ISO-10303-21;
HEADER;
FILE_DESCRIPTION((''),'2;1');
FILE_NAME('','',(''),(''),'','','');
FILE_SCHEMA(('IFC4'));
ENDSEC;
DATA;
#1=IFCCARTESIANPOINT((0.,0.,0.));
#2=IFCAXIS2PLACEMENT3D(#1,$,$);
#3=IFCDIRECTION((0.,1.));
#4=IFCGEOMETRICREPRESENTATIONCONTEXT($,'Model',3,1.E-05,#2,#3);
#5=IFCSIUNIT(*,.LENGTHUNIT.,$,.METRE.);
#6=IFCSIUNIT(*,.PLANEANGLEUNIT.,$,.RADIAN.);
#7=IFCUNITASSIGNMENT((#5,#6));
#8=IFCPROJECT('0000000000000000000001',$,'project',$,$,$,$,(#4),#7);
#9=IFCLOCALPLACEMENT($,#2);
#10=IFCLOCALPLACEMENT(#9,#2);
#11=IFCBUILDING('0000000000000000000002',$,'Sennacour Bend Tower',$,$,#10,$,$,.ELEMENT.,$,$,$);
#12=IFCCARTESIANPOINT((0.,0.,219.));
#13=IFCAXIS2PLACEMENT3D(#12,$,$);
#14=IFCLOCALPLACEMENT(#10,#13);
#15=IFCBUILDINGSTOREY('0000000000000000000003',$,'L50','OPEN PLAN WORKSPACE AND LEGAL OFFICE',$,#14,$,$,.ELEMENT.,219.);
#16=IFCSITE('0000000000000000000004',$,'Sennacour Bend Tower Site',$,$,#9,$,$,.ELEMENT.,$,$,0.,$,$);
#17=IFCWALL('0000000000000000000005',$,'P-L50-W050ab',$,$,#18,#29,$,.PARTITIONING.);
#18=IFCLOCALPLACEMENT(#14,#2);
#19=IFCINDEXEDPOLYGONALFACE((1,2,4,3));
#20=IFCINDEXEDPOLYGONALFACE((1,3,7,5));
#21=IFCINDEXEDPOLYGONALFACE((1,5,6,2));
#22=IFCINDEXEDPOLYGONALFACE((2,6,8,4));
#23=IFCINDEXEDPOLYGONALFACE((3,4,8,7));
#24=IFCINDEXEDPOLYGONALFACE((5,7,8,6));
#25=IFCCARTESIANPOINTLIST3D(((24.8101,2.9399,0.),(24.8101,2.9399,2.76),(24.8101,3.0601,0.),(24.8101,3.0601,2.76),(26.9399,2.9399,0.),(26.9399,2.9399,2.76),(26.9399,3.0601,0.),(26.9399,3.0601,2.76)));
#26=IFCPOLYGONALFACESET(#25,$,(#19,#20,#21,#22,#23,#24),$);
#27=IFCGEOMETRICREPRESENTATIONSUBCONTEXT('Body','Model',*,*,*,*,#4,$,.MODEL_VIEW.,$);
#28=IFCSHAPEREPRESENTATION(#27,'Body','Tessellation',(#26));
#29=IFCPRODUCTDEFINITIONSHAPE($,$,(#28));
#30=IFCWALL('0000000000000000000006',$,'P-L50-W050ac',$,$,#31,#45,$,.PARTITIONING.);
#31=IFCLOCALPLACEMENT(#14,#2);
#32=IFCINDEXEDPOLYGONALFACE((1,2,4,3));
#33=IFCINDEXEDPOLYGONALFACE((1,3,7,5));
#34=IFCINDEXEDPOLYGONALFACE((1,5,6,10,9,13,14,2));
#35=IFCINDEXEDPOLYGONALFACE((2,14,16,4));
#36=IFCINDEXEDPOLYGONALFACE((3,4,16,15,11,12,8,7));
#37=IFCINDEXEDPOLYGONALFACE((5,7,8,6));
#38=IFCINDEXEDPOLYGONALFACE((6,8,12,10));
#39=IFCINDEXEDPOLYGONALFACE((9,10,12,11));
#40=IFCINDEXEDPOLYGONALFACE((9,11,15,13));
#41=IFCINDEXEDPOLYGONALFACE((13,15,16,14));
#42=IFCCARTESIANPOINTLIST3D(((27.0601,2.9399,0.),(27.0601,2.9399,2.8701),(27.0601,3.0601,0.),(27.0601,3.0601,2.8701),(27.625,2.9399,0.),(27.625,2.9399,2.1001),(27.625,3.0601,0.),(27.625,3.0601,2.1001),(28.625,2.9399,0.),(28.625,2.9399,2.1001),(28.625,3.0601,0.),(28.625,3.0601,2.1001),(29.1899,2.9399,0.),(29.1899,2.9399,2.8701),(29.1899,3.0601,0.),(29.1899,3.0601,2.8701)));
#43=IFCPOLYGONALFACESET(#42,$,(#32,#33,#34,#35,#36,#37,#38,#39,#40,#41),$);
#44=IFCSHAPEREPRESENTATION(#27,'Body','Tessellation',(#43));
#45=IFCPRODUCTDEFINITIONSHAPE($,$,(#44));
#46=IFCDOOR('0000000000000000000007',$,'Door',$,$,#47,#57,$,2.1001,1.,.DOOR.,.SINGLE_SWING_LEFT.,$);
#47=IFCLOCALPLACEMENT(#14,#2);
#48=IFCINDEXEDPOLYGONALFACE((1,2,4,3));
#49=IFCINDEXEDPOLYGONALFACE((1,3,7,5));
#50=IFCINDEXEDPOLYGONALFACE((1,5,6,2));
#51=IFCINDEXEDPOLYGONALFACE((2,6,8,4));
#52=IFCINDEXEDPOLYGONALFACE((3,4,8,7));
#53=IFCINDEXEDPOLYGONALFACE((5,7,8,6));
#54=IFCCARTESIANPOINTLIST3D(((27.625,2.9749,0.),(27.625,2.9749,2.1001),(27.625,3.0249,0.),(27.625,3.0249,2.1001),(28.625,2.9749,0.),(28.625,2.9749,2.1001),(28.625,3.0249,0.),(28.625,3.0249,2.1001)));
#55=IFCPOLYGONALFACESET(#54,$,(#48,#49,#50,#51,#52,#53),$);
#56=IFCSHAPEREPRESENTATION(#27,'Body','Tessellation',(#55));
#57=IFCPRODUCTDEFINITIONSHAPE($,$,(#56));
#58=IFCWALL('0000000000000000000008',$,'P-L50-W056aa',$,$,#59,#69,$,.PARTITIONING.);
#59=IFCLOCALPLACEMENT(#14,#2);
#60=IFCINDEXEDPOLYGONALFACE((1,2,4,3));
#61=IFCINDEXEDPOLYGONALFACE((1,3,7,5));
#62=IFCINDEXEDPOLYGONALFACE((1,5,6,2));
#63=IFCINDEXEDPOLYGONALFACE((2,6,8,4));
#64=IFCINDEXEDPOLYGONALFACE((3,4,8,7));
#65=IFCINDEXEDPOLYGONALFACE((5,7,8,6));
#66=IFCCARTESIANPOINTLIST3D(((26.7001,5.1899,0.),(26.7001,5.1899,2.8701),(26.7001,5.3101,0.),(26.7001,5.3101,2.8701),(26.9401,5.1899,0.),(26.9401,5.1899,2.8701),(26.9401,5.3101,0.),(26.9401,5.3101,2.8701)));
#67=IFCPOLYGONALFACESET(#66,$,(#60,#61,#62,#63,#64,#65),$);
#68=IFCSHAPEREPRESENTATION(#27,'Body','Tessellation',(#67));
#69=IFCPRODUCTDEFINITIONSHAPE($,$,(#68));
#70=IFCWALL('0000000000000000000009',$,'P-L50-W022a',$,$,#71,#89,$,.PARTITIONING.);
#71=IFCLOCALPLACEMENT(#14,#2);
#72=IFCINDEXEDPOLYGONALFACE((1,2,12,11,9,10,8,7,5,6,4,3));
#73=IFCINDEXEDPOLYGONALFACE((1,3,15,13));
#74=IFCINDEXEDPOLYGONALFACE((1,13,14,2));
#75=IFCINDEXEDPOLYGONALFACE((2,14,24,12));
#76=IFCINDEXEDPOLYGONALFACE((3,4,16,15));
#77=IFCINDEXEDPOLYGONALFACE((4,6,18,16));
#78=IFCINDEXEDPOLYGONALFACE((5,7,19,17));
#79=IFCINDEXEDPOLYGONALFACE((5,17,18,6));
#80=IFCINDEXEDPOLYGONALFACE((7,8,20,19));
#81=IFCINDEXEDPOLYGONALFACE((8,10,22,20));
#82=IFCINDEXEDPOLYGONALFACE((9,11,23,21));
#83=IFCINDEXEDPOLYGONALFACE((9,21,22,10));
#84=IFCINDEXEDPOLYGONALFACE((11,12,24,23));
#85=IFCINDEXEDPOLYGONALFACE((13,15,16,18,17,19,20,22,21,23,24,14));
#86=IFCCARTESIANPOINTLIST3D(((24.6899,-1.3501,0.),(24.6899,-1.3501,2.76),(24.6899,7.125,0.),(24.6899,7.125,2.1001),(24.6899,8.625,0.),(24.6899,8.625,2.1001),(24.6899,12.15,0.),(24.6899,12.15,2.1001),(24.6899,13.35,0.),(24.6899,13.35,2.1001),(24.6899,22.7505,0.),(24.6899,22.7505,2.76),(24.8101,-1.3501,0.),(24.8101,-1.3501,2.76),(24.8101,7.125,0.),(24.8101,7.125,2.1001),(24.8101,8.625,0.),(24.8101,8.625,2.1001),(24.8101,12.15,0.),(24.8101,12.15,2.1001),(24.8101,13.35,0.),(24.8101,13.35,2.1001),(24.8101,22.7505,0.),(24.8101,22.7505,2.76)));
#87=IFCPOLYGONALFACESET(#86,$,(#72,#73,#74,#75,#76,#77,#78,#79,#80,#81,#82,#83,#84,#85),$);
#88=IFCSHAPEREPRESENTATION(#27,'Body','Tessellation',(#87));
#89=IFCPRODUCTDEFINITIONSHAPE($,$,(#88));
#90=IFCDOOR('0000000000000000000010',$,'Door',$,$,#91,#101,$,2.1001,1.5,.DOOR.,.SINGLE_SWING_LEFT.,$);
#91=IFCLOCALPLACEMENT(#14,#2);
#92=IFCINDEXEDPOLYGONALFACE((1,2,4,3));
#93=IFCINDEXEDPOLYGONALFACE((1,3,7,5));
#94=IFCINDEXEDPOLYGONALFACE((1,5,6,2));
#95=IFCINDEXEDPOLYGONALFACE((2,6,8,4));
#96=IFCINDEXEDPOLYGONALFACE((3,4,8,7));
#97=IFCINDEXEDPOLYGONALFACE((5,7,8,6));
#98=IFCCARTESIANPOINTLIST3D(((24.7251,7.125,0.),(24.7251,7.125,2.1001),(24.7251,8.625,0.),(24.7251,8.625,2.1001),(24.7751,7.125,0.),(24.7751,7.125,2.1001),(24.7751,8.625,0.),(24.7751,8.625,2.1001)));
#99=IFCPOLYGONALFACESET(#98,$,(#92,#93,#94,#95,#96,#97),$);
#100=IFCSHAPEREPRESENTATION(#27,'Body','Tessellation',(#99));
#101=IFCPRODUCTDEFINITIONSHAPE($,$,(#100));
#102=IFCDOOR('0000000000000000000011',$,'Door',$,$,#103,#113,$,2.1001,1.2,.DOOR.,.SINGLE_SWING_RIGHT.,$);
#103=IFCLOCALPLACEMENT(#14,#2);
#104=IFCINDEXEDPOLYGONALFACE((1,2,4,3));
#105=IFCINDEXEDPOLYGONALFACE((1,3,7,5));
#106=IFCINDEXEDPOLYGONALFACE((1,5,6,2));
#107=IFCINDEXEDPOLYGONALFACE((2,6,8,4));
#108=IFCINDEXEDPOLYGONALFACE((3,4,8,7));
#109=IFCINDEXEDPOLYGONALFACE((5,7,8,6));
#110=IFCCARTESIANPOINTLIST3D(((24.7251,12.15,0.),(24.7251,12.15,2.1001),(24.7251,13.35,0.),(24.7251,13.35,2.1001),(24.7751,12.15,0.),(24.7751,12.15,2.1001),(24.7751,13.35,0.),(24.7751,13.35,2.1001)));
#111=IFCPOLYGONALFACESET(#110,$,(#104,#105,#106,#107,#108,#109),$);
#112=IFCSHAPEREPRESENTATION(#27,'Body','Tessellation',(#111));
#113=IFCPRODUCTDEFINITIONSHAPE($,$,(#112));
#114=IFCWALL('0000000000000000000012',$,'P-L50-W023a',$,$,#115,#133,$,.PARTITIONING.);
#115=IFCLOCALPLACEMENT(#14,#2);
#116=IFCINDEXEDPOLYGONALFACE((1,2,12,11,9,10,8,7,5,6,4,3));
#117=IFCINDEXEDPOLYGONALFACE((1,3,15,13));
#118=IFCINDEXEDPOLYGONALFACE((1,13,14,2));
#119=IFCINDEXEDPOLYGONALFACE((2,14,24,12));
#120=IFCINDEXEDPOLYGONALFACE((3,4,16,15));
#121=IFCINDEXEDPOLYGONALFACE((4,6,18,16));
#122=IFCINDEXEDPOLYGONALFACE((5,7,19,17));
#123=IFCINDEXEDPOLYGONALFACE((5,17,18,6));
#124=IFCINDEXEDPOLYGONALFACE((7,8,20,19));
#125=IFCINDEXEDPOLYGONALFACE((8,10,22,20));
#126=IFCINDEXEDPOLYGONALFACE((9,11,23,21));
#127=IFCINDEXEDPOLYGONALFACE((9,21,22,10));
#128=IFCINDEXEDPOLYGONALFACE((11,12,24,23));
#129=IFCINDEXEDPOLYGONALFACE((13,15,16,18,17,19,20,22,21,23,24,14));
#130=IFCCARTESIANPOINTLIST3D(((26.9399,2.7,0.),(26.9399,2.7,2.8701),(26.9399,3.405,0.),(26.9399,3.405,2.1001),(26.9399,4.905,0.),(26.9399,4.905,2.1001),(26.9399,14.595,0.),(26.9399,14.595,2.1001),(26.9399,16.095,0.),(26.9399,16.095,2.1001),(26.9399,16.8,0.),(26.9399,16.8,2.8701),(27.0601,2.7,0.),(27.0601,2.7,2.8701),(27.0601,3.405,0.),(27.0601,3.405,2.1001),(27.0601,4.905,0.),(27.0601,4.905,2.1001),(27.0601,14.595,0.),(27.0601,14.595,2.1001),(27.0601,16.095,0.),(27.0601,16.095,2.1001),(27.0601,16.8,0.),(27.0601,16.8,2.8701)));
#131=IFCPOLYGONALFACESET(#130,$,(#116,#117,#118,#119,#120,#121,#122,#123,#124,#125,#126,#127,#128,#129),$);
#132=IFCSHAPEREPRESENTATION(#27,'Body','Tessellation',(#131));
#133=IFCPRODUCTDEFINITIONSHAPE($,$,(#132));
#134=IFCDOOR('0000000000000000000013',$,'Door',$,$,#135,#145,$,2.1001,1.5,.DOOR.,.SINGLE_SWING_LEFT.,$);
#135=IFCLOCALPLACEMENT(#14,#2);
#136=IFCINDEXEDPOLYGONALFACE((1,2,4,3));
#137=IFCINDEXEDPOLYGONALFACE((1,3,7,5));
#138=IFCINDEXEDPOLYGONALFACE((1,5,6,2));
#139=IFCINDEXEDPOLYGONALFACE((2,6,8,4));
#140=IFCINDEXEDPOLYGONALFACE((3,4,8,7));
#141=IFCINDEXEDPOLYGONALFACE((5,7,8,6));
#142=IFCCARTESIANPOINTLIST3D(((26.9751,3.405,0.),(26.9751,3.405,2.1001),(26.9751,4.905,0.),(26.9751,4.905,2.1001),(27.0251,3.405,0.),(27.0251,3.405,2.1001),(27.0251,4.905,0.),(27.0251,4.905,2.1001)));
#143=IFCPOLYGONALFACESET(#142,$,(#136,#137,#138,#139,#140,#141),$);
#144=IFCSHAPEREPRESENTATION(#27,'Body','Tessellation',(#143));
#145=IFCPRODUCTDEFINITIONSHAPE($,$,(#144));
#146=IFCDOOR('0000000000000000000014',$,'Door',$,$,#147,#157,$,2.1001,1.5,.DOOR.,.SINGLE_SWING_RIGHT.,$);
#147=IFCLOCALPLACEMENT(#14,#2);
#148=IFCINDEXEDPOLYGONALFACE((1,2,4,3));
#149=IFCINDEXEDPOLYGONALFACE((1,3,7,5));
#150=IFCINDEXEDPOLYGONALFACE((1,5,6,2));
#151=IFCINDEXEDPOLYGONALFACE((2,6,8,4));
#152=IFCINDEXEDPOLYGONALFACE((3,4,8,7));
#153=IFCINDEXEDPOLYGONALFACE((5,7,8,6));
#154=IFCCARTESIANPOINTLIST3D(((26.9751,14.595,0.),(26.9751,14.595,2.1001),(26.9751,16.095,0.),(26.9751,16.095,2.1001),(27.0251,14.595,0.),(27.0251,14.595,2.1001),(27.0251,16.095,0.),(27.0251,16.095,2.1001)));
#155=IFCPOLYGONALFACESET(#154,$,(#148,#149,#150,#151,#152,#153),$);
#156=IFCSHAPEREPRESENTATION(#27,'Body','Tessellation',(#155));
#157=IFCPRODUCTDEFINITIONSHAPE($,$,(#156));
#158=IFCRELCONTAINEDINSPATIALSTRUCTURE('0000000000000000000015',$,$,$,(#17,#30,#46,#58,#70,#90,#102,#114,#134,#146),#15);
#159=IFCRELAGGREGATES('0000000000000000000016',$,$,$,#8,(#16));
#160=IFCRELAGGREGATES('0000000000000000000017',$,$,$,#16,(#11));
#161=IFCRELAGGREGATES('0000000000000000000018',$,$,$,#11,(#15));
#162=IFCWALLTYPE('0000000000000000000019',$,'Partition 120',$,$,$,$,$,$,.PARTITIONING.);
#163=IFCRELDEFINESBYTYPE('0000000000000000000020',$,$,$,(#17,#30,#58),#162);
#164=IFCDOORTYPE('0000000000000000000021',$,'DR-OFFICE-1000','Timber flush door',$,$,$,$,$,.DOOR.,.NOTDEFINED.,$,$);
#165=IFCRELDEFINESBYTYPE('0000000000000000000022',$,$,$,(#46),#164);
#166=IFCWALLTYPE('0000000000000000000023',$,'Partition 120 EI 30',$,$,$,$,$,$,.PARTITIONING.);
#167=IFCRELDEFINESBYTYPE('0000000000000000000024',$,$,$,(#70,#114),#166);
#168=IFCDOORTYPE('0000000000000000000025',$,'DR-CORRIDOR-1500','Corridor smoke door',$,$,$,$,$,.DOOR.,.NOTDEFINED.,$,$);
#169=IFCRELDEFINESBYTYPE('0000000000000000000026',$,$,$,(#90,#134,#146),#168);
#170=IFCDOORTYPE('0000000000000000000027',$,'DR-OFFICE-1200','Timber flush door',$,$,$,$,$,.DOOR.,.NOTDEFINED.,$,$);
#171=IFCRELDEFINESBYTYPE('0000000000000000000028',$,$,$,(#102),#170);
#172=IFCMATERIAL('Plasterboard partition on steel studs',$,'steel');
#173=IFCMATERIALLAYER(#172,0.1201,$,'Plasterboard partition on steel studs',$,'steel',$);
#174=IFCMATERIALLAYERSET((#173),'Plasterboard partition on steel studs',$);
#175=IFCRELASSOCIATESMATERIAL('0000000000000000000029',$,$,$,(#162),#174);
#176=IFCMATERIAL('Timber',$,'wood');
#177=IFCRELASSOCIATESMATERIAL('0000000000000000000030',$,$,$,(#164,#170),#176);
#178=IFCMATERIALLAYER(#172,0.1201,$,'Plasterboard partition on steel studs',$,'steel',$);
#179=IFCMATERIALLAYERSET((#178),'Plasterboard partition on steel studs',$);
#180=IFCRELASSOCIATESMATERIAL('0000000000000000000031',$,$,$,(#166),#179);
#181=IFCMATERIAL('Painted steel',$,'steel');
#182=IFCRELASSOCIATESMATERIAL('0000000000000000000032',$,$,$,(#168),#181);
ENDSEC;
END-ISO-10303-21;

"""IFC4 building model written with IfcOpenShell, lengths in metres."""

from ifc_helpers import new_model, si_unit, direction, frame, frame_2d, origin, place, context, subcontext, project, spatial, rectangle, extrude, material, layer, layer_set, type_object, element, fill, save


model = new_model("IFC4")

# Units and contexts
model_context = context("Model", 3, precision=1e-05, world=origin(), true_north=direction((0.0, 1.0)))
body_context = subcontext(model_context, "Body", "Model", "MODEL_VIEW")
ifc_project = project(units=[si_unit("LENGTHUNIT", "METRE"), si_unit("PLANEANGLEUNIT", "RADIAN")], contexts=[model_context])

# Site, building, storey
site_placement = place(None, origin())
site = spatial("IfcSite", under=ifc_project, at=site_placement, Name="Sennacour Bend Tower Site", CompositionType="ELEMENT", RefElevation=0.0)
building_placement = place(site_placement, origin())
building = spatial("IfcBuilding", under=site, at=building_placement, Name="Sennacour Bend Tower", CompositionType="ELEMENT")
storey_placement = place(building_placement, frame((0.0, 0.0, 219.0)))
storey = spatial("IfcBuildingStorey", under=building, at=storey_placement, Name="L50", Description="OPEN PLAN WORKSPACE AND LEGAL OFFICE", CompositionType="ELEMENT", Elevation=219.0)

# Wall
ifc_material_1 = material(Name="Plasterboard partition on steel studs", Category="steel")
ifc_layer_1 = layer(ifc_material_1, 0.1201, Name="Plasterboard partition on steel studs", Category="steel")
ifc_layer_set_1 = layer_set([ifc_layer_1], Name="Plasterboard partition on steel studs")
wall_type_1 = type_object("IfcWallType", Name="Partition 120", PredefinedType="PARTITIONING", material=ifc_layer_set_1)
wall_1_placement = place(storey_placement, frame((24.8101, 3.0, 0.0), z_axis=(0.0, 0.0, 1.0), x_axis=(1.0, 0.0, 0.0)))
element("IfcWall", 1, at=wall_1_placement, inside=storey, type_object=wall_type_1, Name="P-L50-W050ab", PredefinedType="PARTITIONING", context=body_context, shape_type="SweptSolid", body=[
    extrude(rectangle(XDim=2.1299, YDim=0.1201, at=frame_2d((1.0649, 0.0))), origin(), (0.0, 0.0, 1.0), 2.76),
])

# Wall, opening, door
wall_2_placement = place(storey_placement, frame((27.0601, 3.0, 0.0), z_axis=(0.0, 0.0, 1.0), x_axis=(1.0, 0.0, 0.0)))
wall_2 = element("IfcWall", 2, at=wall_2_placement, inside=storey, type_object=wall_type_1, Name="P-L50-W050ac", PredefinedType="PARTITIONING", context=body_context, shape_type="SweptSolid", body=[
    extrude(rectangle(XDim=2.1299, YDim=0.1201, at=frame_2d((1.0649, 0.0))), origin(), (0.0, 0.0, 1.0), 2.8701),
])
opening_1_placement = place(wall_2_placement, frame((0.5649, 0.0, 0.0)))
opening_1 = element("IfcOpeningElement", 3, at=opening_1_placement, cuts=wall_2, PredefinedType="OPENING", context=body_context, shape_type="SweptSolid", body=[
    extrude(rectangle(XDim=1.0, YDim=2.1001, at=frame_2d((0.5, 1.05))), frame((0.0, 0.0701, 0.0), z_axis=(0.0, -1.0, 0.0), x_axis=(1.0, 0.0, 0.0)), (0.0, 0.0, 1.0), 0.1401),
])
ifc_material_2 = material(Name="Timber", Category="wood")
door_type_1 = type_object("IfcDoorType", Name="DR-OFFICE-1000", Description="Timber flush door", OperationType="NOTDEFINED", PredefinedType="DOOR", material=ifc_material_2)
door_1_placement = place(opening_1_placement, origin())
door_1 = element("IfcDoor", 4, at=door_1_placement, inside=storey, type_object=door_type_1, Name="Door", OperationType="SINGLE_SWING_LEFT", OverallHeight=2.1001, OverallWidth=1.0, PredefinedType="DOOR", context=body_context, shape_type="SweptSolid", body=[
    extrude(rectangle(XDim=1.0, YDim=2.1001, at=frame_2d((0.5, 1.05))), frame((0.0, 0.0249, 0.0), z_axis=(0.0, -1.0, 0.0), x_axis=(1.0, 0.0, 0.0)), (0.0, 0.0, 1.0), 0.05),
])
fill(opening_1, door_1)

# Wall
wall_3_placement = place(storey_placement, frame((26.7, 5.25, 0.0), z_axis=(0.0, 0.0, 1.0), x_axis=(1.0, 0.0, 0.0)))
element("IfcWall", 5, at=wall_3_placement, inside=storey, type_object=wall_type_1, Name="P-L50-W056aa", PredefinedType="PARTITIONING", context=body_context, shape_type="SweptSolid", body=[
    extrude(rectangle(XDim=0.24, YDim=0.1201, at=frame_2d((0.1201, 0.0))), origin(), (0.0, 0.0, 1.0), 2.8701),
])

# Walls, openings, doors
ifc_layer_2 = layer(ifc_material_1, 0.1201, Name="Plasterboard partition on steel studs", Category="steel")
ifc_layer_set_2 = layer_set([ifc_layer_2], Name="Plasterboard partition on steel studs")
wall_type_2 = type_object("IfcWallType", Name="Partition 120 EI 30", PredefinedType="PARTITIONING", material=ifc_layer_set_2)
wall_4_placement = place(storey_placement, frame((24.75, -1.3501, 0.0), z_axis=(0.0, 0.0, 1.0), x_axis=(0.0, 1.0, 0.0)))
wall_4 = element("IfcWall", 6, at=wall_4_placement, inside=storey, type_object=wall_type_2, Name="P-L50-W022a", PredefinedType="PARTITIONING", context=body_context, shape_type="SweptSolid", body=[
    extrude(rectangle(XDim=24.1006, YDim=0.1201, at=frame_2d((12.0503, 0.0))), origin(), (0.0, 0.0, 1.0), 2.76),
])
opening_2_placement = place(wall_4_placement, frame((8.4751, 0.0, 0.0)))
opening_2 = element("IfcOpeningElement", 7, at=opening_2_placement, cuts=wall_4, PredefinedType="OPENING", context=body_context, shape_type="SweptSolid", body=[
    extrude(rectangle(XDim=1.5, YDim=2.1001, at=frame_2d((0.75, 1.05))), frame((0.0, 0.0701, 0.0), z_axis=(0.0, -1.0, 0.0), x_axis=(1.0, 0.0, 0.0)), (0.0, 0.0, 1.0), 0.1401),
])
opening_3_placement = place(wall_4_placement, frame((13.5, 0.0, 0.0)))
opening_3 = element("IfcOpeningElement", 8, at=opening_3_placement, cuts=wall_4, PredefinedType="OPENING", context=body_context, shape_type="SweptSolid", body=[
    extrude(rectangle(XDim=1.2, YDim=2.1001, at=frame_2d((0.6001, 1.05))), frame((0.0, 0.0701, 0.0), z_axis=(0.0, -1.0, 0.0), x_axis=(1.0, 0.0, 0.0)), (0.0, 0.0, 1.0), 0.1401),
])
ifc_material_3 = material(Name="Painted steel", Category="steel")
door_type_2 = type_object("IfcDoorType", Name="DR-CORRIDOR-1500", Description="Corridor smoke door", OperationType="NOTDEFINED", PredefinedType="DOOR", material=ifc_material_3)
door_2_placement = place(opening_2_placement, origin())
door_2 = element("IfcDoor", 9, at=door_2_placement, inside=storey, type_object=door_type_2, Name="Door", OperationType="SINGLE_SWING_LEFT", OverallHeight=2.1001, OverallWidth=1.5, PredefinedType="DOOR", context=body_context, shape_type="SweptSolid", body=[
    extrude(rectangle(XDim=1.5, YDim=2.1001, at=frame_2d((0.75, 1.05))), frame((0.0, 0.0249, 0.0), z_axis=(0.0, -1.0, 0.0), x_axis=(1.0, 0.0, 0.0)), (0.0, 0.0, 1.0), 0.05),
])
fill(opening_2, door_2)
door_type_3 = type_object("IfcDoorType", Name="DR-OFFICE-1200", Description="Timber flush door", OperationType="NOTDEFINED", PredefinedType="DOOR", material=ifc_material_2)
door_3_placement = place(opening_3_placement, origin())
door_3 = element("IfcDoor", 10, at=door_3_placement, inside=storey, type_object=door_type_3, Name="Door", OperationType="SINGLE_SWING_RIGHT", OverallHeight=2.1001, OverallWidth=1.2, PredefinedType="DOOR", context=body_context, shape_type="SweptSolid", body=[
    extrude(rectangle(XDim=1.2, YDim=2.1001, at=frame_2d((0.6001, 1.05))), frame((0.0, 0.0249, 0.0), z_axis=(0.0, -1.0, 0.0), x_axis=(1.0, 0.0, 0.0)), (0.0, 0.0, 1.0), 0.05),
])
fill(opening_3, door_3)
wall_5_placement = place(storey_placement, frame((27.0, 2.7, 0.0), z_axis=(0.0, 0.0, 1.0), x_axis=(0.0, 1.0, 0.0)))
wall_5 = element("IfcWall", 11, at=wall_5_placement, inside=storey, type_object=wall_type_2, Name="P-L50-W023a", PredefinedType="PARTITIONING", context=body_context, shape_type="SweptSolid", body=[
    extrude(rectangle(XDim=14.1001, YDim=0.1201, at=frame_2d((7.05, 0.0))), origin(), (0.0, 0.0, 1.0), 2.8701),
])
opening_4_placement = place(wall_5_placement, frame((0.7051, 0.0, 0.0)))
opening_4 = element("IfcOpeningElement", 12, at=opening_4_placement, cuts=wall_5, PredefinedType="OPENING", context=body_context, shape_type="SweptSolid", body=[
    extrude(rectangle(XDim=1.5, YDim=2.1001, at=frame_2d((0.75, 1.05))), frame((0.0, 0.0701, 0.0), z_axis=(0.0, -1.0, 0.0), x_axis=(1.0, 0.0, 0.0)), (0.0, 0.0, 1.0), 0.1401),
])
opening_5_placement = place(wall_5_placement, frame((11.895, 0.0, 0.0)))
opening_5 = element("IfcOpeningElement", 13, at=opening_5_placement, cuts=wall_5, PredefinedType="OPENING", context=body_context, shape_type="SweptSolid", body=[
    extrude(rectangle(XDim=1.5, YDim=2.1001, at=frame_2d((0.75, 1.05))), frame((0.0, 0.0701, 0.0), z_axis=(0.0, -1.0, 0.0), x_axis=(1.0, 0.0, 0.0)), (0.0, 0.0, 1.0), 0.1401),
])
door_4_placement = place(opening_4_placement, origin())
door_4 = element("IfcDoor", 14, at=door_4_placement, inside=storey, type_object=door_type_2, Name="Door", OperationType="SINGLE_SWING_LEFT", OverallHeight=2.1001, OverallWidth=1.5, PredefinedType="DOOR", context=body_context, shape_type="SweptSolid", body=[
    extrude(rectangle(XDim=1.5, YDim=2.1001, at=frame_2d((0.75, 1.05))), frame((0.0, 0.0249, 0.0), z_axis=(0.0, -1.0, 0.0), x_axis=(1.0, 0.0, 0.0)), (0.0, 0.0, 1.0), 0.05),
])
fill(opening_4, door_4)
door_5_placement = place(opening_5_placement, origin())
door_5 = element("IfcDoor", 15, at=door_5_placement, inside=storey, type_object=door_type_2, Name="Door", OperationType="SINGLE_SWING_RIGHT", OverallHeight=2.1001, OverallWidth=1.5, PredefinedType="DOOR", context=body_context, shape_type="SweptSolid", body=[
    extrude(rectangle(XDim=1.5, YDim=2.1001, at=frame_2d((0.75, 1.05))), frame((0.0, 0.0249, 0.0), z_axis=(0.0, -1.0, 0.0), x_axis=(1.0, 0.0, 0.0)), (0.0, 0.0, 1.0), 0.05),
])
fill(opening_5, door_5)

save(model, "model.ifc")
